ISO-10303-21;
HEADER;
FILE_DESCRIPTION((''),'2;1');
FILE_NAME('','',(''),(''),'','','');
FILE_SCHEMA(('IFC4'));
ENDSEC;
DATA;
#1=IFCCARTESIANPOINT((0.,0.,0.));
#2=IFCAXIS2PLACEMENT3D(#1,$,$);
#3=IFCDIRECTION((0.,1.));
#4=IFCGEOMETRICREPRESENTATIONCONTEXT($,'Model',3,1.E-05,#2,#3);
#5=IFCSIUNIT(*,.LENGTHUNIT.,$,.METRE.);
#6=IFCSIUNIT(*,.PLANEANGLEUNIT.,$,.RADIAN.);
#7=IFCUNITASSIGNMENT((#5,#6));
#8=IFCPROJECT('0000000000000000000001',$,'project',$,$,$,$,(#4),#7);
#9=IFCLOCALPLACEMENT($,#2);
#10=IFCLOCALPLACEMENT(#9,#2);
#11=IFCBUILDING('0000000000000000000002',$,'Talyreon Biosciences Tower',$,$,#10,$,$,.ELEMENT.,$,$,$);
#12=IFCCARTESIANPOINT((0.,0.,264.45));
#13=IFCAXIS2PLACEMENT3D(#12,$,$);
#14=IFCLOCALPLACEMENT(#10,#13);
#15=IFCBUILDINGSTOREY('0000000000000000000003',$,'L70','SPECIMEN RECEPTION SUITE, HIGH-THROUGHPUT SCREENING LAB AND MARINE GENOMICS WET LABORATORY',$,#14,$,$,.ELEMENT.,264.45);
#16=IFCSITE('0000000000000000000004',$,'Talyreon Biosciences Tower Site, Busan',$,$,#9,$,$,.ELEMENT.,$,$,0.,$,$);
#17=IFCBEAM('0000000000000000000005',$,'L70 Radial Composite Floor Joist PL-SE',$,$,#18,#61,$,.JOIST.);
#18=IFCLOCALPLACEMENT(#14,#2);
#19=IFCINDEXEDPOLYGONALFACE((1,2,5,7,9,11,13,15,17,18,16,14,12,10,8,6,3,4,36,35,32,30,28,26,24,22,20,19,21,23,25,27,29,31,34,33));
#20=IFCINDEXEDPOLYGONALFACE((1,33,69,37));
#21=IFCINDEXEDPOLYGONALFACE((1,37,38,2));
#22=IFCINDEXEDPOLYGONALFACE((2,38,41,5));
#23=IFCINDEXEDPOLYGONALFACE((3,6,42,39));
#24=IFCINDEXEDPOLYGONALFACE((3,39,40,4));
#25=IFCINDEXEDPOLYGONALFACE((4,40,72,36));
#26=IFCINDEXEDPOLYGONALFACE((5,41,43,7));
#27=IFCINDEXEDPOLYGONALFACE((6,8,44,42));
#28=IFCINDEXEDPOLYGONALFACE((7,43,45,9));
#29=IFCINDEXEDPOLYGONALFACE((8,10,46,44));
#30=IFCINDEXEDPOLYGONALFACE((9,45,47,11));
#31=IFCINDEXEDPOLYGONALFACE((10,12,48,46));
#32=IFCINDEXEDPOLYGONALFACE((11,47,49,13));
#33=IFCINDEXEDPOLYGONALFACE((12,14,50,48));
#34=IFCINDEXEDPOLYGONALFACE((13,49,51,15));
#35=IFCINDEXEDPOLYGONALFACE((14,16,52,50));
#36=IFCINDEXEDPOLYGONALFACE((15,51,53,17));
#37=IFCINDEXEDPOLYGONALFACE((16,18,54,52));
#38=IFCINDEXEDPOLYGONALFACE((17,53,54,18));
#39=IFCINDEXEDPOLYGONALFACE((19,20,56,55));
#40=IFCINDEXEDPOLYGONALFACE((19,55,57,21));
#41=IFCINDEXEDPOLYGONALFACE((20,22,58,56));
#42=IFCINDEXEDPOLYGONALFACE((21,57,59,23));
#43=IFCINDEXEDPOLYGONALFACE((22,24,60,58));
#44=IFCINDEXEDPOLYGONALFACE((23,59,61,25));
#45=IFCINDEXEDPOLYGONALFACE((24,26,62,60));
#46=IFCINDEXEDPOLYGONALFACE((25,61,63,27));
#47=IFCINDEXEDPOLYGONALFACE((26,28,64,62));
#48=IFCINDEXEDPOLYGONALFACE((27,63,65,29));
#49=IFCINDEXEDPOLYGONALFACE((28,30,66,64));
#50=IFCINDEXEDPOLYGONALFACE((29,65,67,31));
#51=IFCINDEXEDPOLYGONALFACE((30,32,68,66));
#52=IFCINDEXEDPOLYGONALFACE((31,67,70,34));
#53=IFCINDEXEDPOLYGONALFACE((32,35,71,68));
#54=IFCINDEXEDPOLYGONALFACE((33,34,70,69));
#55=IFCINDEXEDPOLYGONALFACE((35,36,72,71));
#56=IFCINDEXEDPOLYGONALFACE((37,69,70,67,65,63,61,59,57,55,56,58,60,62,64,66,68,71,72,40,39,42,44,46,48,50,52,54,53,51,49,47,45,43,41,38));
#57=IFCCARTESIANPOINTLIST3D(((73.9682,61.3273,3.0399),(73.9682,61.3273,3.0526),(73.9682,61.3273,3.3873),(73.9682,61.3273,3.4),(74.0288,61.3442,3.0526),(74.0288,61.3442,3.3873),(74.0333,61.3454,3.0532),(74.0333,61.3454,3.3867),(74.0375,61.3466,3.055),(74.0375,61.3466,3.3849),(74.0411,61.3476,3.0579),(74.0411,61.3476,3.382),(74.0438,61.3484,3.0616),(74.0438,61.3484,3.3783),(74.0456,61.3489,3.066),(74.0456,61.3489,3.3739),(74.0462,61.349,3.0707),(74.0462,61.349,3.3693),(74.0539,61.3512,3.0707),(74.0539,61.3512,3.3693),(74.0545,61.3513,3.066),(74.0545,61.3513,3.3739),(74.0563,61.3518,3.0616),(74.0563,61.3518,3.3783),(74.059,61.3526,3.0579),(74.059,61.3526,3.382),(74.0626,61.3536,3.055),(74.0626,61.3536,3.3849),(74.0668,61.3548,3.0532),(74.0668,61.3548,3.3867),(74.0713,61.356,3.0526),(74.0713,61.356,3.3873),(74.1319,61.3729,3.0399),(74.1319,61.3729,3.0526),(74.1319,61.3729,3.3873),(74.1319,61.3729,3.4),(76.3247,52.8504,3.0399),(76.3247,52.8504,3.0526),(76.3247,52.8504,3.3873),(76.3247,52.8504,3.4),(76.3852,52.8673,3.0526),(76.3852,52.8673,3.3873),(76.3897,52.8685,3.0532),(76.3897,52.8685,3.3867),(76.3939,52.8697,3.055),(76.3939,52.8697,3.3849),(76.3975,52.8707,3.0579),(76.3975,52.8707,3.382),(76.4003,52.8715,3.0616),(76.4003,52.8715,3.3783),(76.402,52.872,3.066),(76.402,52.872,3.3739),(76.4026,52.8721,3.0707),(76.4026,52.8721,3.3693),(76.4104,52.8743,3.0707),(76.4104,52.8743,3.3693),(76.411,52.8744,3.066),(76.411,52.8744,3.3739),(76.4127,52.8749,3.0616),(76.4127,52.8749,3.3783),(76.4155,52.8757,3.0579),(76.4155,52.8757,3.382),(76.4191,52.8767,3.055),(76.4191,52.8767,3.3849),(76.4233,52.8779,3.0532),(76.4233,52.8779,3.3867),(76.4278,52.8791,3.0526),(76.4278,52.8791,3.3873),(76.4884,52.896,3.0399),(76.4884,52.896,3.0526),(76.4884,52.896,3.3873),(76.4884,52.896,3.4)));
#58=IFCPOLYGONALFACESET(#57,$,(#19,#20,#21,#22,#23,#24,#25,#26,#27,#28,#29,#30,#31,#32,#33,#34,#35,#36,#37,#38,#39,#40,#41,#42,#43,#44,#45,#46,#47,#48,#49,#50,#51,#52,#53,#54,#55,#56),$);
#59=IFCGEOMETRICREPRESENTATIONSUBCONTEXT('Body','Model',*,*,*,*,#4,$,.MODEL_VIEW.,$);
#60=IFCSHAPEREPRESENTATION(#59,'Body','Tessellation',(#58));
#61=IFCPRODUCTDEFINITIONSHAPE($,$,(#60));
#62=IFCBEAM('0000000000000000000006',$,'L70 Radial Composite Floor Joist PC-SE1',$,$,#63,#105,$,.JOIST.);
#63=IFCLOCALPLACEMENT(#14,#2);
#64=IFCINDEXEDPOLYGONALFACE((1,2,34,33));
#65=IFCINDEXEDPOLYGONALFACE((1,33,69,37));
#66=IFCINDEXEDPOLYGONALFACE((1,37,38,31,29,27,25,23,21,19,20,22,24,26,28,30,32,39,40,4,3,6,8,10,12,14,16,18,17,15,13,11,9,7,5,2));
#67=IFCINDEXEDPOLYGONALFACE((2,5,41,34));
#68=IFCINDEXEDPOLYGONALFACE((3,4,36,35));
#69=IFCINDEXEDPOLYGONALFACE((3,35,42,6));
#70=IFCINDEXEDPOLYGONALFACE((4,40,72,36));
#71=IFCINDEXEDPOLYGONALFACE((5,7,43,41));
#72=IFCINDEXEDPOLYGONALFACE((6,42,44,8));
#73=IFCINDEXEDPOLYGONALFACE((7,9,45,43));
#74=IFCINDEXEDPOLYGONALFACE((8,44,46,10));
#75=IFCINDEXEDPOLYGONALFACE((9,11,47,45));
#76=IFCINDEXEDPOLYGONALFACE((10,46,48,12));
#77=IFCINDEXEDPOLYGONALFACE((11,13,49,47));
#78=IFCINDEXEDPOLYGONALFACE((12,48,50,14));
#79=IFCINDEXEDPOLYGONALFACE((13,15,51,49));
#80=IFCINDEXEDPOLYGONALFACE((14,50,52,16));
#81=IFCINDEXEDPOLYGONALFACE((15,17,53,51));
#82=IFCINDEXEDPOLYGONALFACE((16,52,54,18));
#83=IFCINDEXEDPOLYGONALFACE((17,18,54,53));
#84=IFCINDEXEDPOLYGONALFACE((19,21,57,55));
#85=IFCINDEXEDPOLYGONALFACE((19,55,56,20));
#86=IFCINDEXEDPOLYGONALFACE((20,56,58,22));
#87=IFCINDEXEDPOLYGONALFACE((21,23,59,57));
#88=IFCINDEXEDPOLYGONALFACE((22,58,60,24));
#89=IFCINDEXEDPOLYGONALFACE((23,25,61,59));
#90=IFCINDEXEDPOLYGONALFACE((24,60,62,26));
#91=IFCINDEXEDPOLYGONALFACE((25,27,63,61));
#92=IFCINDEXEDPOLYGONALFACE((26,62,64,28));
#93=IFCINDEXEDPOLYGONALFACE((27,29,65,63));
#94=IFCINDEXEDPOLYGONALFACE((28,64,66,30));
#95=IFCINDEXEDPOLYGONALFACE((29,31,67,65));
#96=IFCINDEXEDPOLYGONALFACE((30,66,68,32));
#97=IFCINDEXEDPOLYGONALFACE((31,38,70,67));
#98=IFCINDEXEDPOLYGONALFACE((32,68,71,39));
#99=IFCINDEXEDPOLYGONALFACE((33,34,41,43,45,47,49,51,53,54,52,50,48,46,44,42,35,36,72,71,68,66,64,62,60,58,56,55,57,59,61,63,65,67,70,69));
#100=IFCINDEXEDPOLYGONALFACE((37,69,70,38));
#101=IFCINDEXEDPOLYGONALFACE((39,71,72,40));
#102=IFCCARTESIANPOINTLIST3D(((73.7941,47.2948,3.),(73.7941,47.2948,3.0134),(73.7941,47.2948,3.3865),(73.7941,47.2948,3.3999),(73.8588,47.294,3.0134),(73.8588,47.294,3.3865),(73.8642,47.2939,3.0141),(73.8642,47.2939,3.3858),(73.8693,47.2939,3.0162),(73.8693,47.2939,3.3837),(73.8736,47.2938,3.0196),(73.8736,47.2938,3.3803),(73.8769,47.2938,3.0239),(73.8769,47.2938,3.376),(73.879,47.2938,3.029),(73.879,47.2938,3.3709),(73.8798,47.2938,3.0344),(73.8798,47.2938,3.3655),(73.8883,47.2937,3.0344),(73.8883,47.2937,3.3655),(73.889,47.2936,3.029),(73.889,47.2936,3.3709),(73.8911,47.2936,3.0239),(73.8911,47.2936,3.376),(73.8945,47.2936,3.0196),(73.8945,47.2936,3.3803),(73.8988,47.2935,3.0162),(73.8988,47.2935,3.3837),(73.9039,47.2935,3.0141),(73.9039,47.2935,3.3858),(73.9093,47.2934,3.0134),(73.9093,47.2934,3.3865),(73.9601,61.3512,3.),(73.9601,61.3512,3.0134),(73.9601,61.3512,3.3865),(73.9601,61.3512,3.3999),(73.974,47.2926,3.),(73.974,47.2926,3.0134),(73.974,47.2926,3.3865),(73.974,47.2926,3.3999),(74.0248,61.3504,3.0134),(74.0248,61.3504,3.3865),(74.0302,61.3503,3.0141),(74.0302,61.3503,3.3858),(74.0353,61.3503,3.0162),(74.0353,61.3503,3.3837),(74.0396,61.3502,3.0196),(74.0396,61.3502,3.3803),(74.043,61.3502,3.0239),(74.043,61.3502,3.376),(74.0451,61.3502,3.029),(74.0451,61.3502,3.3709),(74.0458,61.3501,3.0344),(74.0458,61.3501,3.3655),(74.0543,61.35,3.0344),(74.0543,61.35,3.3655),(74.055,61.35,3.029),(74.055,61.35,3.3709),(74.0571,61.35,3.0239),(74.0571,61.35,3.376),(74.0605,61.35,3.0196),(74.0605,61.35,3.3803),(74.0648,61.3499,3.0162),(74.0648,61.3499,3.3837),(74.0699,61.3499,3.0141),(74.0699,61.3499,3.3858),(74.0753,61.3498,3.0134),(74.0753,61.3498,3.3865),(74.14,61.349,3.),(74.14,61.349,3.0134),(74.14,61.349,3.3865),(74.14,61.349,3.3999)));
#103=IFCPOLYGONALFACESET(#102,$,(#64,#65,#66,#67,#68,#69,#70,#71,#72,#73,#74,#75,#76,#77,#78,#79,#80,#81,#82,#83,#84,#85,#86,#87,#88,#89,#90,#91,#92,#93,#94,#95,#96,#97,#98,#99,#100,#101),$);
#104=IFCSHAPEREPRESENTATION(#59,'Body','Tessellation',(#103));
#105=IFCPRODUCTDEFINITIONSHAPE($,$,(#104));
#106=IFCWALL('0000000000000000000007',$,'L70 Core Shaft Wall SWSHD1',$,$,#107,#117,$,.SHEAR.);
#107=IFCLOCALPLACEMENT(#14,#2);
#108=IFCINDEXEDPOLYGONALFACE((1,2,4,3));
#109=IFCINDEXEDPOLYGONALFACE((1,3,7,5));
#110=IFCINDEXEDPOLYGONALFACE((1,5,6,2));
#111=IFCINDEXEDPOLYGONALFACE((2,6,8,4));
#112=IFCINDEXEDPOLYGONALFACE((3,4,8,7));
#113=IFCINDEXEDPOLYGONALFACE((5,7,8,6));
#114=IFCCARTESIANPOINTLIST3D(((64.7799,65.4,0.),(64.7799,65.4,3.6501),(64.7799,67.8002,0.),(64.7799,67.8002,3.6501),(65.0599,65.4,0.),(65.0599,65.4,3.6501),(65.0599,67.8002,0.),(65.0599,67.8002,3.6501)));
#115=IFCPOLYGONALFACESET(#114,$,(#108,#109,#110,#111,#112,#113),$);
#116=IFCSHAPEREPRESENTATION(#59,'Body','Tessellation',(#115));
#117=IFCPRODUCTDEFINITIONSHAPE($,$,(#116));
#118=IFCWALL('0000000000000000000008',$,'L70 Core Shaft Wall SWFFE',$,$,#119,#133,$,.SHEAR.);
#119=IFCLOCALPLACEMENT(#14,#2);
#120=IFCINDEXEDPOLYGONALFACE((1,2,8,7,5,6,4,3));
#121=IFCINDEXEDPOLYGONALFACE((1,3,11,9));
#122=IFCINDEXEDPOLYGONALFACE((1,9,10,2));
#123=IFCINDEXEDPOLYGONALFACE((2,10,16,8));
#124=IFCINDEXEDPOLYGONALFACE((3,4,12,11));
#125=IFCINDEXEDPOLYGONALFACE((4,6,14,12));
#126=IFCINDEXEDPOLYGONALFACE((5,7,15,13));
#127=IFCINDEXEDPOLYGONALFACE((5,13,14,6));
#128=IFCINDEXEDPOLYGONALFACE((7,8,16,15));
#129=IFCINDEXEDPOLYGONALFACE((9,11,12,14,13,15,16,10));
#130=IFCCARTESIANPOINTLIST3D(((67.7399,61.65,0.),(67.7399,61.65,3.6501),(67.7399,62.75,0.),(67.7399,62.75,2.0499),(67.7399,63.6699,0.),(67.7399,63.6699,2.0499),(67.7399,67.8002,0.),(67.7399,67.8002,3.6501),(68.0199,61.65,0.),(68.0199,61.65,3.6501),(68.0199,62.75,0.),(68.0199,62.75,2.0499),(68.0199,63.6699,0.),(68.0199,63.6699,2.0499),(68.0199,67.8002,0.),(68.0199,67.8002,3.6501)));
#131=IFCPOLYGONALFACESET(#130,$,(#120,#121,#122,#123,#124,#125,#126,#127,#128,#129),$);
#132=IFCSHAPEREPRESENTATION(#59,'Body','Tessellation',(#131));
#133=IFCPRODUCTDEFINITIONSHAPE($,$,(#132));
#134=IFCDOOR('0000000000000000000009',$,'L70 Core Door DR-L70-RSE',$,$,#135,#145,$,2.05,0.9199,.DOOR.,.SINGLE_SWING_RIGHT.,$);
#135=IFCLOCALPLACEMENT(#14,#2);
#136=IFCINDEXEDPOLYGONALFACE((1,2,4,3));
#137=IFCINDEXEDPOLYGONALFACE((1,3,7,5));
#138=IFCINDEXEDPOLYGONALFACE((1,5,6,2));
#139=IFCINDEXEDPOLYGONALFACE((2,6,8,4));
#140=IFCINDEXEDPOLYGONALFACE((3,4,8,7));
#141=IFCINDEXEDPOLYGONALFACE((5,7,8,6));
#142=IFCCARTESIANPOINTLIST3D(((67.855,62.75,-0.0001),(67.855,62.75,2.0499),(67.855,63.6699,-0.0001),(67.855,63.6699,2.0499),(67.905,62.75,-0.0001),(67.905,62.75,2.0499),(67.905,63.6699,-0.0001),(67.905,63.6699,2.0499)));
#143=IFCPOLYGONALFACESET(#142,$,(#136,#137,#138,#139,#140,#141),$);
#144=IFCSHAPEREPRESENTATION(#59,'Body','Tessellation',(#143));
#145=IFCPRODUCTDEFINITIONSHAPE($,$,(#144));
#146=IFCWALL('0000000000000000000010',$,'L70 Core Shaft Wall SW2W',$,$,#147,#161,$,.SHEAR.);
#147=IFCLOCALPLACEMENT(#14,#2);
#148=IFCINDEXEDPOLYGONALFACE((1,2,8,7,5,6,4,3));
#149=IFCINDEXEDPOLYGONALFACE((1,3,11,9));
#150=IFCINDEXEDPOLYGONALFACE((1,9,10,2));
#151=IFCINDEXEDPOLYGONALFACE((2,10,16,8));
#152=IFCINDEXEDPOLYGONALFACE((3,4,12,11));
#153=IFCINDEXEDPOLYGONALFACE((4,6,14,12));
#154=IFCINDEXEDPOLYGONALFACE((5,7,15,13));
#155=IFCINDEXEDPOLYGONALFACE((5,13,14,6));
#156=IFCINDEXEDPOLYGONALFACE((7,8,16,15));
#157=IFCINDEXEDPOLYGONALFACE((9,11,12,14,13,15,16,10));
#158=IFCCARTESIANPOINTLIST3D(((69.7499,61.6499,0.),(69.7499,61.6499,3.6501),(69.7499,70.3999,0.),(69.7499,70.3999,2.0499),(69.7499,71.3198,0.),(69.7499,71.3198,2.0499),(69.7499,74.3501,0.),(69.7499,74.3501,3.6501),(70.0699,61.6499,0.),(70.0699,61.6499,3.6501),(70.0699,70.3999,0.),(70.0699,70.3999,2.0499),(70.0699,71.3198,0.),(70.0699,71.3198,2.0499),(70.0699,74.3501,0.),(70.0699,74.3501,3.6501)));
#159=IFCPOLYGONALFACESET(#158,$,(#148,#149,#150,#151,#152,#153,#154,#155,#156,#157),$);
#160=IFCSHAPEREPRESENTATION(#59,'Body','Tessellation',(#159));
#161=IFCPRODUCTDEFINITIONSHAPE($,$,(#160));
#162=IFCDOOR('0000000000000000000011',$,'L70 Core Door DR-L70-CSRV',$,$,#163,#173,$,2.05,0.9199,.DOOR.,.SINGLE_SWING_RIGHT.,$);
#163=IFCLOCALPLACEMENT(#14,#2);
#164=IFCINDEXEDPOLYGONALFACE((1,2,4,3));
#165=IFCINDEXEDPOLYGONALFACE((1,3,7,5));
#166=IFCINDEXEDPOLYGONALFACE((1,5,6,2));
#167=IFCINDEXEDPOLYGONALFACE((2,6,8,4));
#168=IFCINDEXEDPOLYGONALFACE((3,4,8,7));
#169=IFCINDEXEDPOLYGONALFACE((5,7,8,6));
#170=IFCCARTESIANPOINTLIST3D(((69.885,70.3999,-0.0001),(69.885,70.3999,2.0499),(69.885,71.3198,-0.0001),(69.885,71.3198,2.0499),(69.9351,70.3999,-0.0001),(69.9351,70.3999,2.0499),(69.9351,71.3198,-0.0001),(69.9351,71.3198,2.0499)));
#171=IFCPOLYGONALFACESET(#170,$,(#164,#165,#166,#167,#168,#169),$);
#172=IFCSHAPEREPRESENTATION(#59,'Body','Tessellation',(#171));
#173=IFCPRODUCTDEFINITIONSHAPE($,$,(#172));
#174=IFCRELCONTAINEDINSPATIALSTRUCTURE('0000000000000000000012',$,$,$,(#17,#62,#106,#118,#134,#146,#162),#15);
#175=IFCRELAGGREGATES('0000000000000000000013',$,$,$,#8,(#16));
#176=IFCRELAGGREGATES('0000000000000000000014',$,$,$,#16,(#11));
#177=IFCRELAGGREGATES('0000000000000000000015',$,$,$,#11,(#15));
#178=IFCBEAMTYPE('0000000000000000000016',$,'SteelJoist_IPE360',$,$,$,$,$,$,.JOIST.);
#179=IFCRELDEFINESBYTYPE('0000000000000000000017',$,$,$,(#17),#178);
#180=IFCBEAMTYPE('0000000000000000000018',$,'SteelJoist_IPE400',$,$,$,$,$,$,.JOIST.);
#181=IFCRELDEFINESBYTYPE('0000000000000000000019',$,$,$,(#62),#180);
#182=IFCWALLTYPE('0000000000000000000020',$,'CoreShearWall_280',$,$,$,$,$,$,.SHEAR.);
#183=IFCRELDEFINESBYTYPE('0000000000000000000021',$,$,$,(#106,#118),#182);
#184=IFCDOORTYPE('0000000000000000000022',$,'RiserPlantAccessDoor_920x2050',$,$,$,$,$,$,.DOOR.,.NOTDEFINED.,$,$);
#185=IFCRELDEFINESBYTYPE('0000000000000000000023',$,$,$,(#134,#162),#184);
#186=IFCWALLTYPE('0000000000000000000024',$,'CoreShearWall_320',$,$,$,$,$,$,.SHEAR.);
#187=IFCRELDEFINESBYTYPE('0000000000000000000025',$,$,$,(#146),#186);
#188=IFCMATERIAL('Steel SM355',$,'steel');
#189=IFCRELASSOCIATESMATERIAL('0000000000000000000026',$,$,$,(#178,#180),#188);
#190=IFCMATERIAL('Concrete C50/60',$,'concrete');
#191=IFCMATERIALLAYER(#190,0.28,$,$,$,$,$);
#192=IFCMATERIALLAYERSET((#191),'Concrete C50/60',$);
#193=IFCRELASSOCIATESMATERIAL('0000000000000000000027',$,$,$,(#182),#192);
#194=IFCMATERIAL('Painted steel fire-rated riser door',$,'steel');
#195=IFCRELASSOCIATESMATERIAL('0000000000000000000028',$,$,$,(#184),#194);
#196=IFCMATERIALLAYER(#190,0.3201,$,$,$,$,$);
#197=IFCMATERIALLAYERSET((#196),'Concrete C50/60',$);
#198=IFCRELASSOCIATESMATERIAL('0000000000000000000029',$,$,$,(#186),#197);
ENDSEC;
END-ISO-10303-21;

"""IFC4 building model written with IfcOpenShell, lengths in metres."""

from ifc_helpers import new_model, si_unit, direction, frame, frame_2d, origin, origin_2d, place, context, subcontext, project, spatial, rectangle, i_section, extrude, material, layer, layer_set, material_profile, profile_set, type_object, element, fill, save


model = new_model("IFC4")

# Units and contexts
model_context = context("Model", 3, precision=1e-05, world=origin(), true_north=direction((0.0, 1.0)))
body_context = subcontext(model_context, "Body", "Model", "MODEL_VIEW")
ifc_project = project(units=[si_unit("LENGTHUNIT", "METRE"), si_unit("PLANEANGLEUNIT", "RADIAN")], contexts=[model_context])

# Site, building, storey
site_placement = place(None, origin())
site = spatial("IfcSite", under=ifc_project, at=site_placement, Name="Talyreon Biosciences Tower Site, Busan", CompositionType="ELEMENT", RefElevation=0.0)
building_placement = place(site_placement, origin())
building = spatial("IfcBuilding", under=site, at=building_placement, Name="Talyreon Biosciences Tower", CompositionType="ELEMENT")
storey_placement = place(building_placement, frame((0.0, 0.0, 264.45)))
storey = spatial("IfcBuildingStorey", under=building, at=storey_placement, Name="L70", Description="SPECIMEN RECEPTION SUITE, HIGH-THROUGHPUT SCREENING LAB AND MARINE GENOMICS WET LABORATORY", CompositionType="ELEMENT", Elevation=264.45)

# Shared definitions
ifc_material_1 = material(Name="Concrete C50/60", Category="concrete")

# Beams
ifc_material_2 = material(Name="Steel SM355", Category="steel")
ifc_material_profile_1 = material_profile(ifc_material_2, i_section(OverallWidth=0.1699, OverallDepth=0.3601, WebThickness=0.0081, FlangeThickness=0.0127, FilletRadius=0.0181, at=origin_2d()), Name="IPE360")
ifc_profile_set_1 = profile_set([ifc_material_profile_1], Name="Steel SM355")
beam_type_1 = type_object("IfcBeamType", Name="SteelJoist_IPE360", PredefinedType="JOIST", material=ifc_profile_set_1)
beam_1_placement = place(storey_placement, frame((74.05, 61.3501, 3.22), z_axis=(0.267831, -0.963466, 0.0), x_axis=(0.963466, 0.267831, 0.0)))
element("IfcBeam", 1, at=beam_1_placement, inside=storey, type_object=beam_type_1, Name="L70 Radial Composite Floor Joist PL-SE", PredefinedType="JOIST", context=body_context, shape_type="SweptSolid", body=[
    extrude(i_section(OverallWidth=0.1699, OverallDepth=0.3601, WebThickness=0.0081, FlangeThickness=0.0127, FilletRadius=0.0181, at=origin_2d()), origin(), (0.0, 0.0, 1.0), 8.7983),
])
ifc_material_profile_2 = material_profile(ifc_material_2, i_section(OverallWidth=0.1799, OverallDepth=0.3999, WebThickness=0.0085, FlangeThickness=0.0134, FilletRadius=0.021, at=origin_2d()), Name="IPE400")
ifc_profile_set_2 = profile_set([ifc_material_profile_2], Name="Steel SM355")
beam_type_2 = type_object("IfcBeamType", Name="SteelJoist_IPE400", PredefinedType="JOIST", material=ifc_profile_set_2)
beam_2_placement = place(storey_placement, frame((74.05, 61.3501, 3.2), z_axis=(-0.01181, -0.99993, 0.0), x_axis=(0.99993, -0.01181, 0.0)))
element("IfcBeam", 2, at=beam_2_placement, inside=storey, type_object=beam_type_2, Name="L70 Radial Composite Floor Joist PC-SE1", PredefinedType="JOIST", context=body_context, shape_type="SweptSolid", body=[
    extrude(i_section(OverallWidth=0.1799, OverallDepth=0.3999, WebThickness=0.0085, FlangeThickness=0.0134, FilletRadius=0.021, at=origin_2d()), origin(), (0.0, 0.0, 1.0), 14.0574),
])

# Wall
ifc_layer_1 = layer(ifc_material_1, 0.28)
ifc_layer_set_1 = layer_set([ifc_layer_1], Name="Concrete C50/60")
wall_type_1 = type_object("IfcWallType", Name="CoreShearWall_280", PredefinedType="SHEAR", material=ifc_layer_set_1)
wall_1_placement = place(storey_placement, frame((64.9199, 65.3999, 0.0), z_axis=(0.0, 0.0, 1.0), x_axis=(0.0, 1.0, 0.0)))
element("IfcWall", 3, at=wall_1_placement, inside=storey, type_object=wall_type_1, Name="L70 Core Shaft Wall SWSHD1", PredefinedType="SHEAR", context=body_context, shape_type="SweptSolid", body=[
    extrude(rectangle(XDim=2.4001, YDim=0.28, at=frame_2d((1.2002, 0.0))), origin(), (0.0, 0.0, 1.0), 3.6501),
])

# Walls, openings, doors
wall_2_placement = place(storey_placement, frame((67.8799, 61.6499, 0.0), z_axis=(0.0, 0.0, 1.0), x_axis=(0.0, 1.0, 0.0)))
wall_2 = element("IfcWall", 4, at=wall_2_placement, inside=storey, type_object=wall_type_1, Name="L70 Core Shaft Wall SWFFE", PredefinedType="SHEAR", context=body_context, shape_type="SweptSolid", body=[
    extrude(rectangle(XDim=6.1501, YDim=0.28, at=frame_2d((3.0752, 0.0))), origin(), (0.0, 0.0, 1.0), 3.6501),
])
opening_1_placement = place(wall_2_placement, frame((1.1001, 0.0, 0.0)))
opening_1 = element("IfcOpeningElement", 5, at=opening_1_placement, cuts=wall_2, PredefinedType="OPENING", context=body_context, shape_type="SweptSolid", body=[
    extrude(rectangle(XDim=0.9199, YDim=2.05, at=frame_2d((0.46, 1.0249))), frame((0.0, 0.1499, 0.0), z_axis=(0.0, -1.0, 0.0), x_axis=(1.0, 0.0, 0.0)), (0.0, 0.0, 1.0), 0.3),
])
ifc_material_3 = material(Name="Painted steel fire-rated riser door", Category="steel")
door_type = type_object("IfcDoorType", Name="RiserPlantAccessDoor_920x2050", OperationType="NOTDEFINED", PredefinedType="DOOR", material=ifc_material_3)
door_1_placement = place(opening_1_placement, origin())
door_1 = element("IfcDoor", 6, at=door_1_placement, inside=storey, type_object=door_type, Name="L70 Core Door DR-L70-RSE", OperationType="SINGLE_SWING_RIGHT", OverallHeight=2.05, OverallWidth=0.9199, PredefinedType="DOOR", context=body_context, shape_type="SweptSolid", body=[
    extrude(rectangle(XDim=0.9199, YDim=2.05, at=frame_2d((0.46, 1.0249))), frame((0.0, 0.0249, 0.0), z_axis=(0.0, -1.0, 0.0), x_axis=(1.0, 0.0, 0.0)), (0.0, 0.0, 1.0), 0.05),
])
fill(opening_1, door_1)
ifc_layer_2 = layer(ifc_material_1, 0.3201)
ifc_layer_set_2 = layer_set([ifc_layer_2], Name="Concrete C50/60")
wall_type_2 = type_object("IfcWallType", Name="CoreShearWall_320", PredefinedType="SHEAR", material=ifc_layer_set_2)
wall_3_placement = place(storey_placement, frame((69.9099, 61.6499, 0.0), z_axis=(0.0, 0.0, 1.0), x_axis=(0.0, 1.0, 0.0)))
wall_3 = element("IfcWall", 7, at=wall_3_placement, inside=storey, type_object=wall_type_2, Name="L70 Core Shaft Wall SW2W", PredefinedType="SHEAR", context=body_context, shape_type="SweptSolid", body=[
    extrude(rectangle(XDim=12.7002, YDim=0.3201, at=frame_2d((6.3501, 0.0))), origin(), (0.0, 0.0, 1.0), 3.6501),
])
opening_2_placement = place(wall_3_placement, frame((8.75, 0.0, 0.0)))
opening_2 = element("IfcOpeningElement", 8, at=opening_2_placement, cuts=wall_3, PredefinedType="OPENING", context=body_context, shape_type="SweptSolid", body=[
    extrude(rectangle(XDim=0.9199, YDim=2.05, at=frame_2d((0.46, 1.0249))), frame((0.0, 0.1699, 0.0), z_axis=(0.0, -1.0, 0.0), x_axis=(1.0, 0.0, 0.0)), (0.0, 0.0, 1.0), 0.3401),
])
door_2_placement = place(opening_2_placement, origin())
door_2 = element("IfcDoor", 9, at=door_2_placement, inside=storey, type_object=door_type, Name="L70 Core Door DR-L70-CSRV", OperationType="SINGLE_SWING_RIGHT", OverallHeight=2.05, OverallWidth=0.9199, PredefinedType="DOOR", context=body_context, shape_type="SweptSolid", body=[
    extrude(rectangle(XDim=0.9199, YDim=2.05, at=frame_2d((0.46, 1.0249))), frame((0.0, 0.0249, 0.0), z_axis=(0.0, -1.0, 0.0), x_axis=(1.0, 0.0, 0.0)), (0.0, 0.0, 1.0), 0.05),
])
fill(opening_2, door_2)

save(model, "model.ifc")
